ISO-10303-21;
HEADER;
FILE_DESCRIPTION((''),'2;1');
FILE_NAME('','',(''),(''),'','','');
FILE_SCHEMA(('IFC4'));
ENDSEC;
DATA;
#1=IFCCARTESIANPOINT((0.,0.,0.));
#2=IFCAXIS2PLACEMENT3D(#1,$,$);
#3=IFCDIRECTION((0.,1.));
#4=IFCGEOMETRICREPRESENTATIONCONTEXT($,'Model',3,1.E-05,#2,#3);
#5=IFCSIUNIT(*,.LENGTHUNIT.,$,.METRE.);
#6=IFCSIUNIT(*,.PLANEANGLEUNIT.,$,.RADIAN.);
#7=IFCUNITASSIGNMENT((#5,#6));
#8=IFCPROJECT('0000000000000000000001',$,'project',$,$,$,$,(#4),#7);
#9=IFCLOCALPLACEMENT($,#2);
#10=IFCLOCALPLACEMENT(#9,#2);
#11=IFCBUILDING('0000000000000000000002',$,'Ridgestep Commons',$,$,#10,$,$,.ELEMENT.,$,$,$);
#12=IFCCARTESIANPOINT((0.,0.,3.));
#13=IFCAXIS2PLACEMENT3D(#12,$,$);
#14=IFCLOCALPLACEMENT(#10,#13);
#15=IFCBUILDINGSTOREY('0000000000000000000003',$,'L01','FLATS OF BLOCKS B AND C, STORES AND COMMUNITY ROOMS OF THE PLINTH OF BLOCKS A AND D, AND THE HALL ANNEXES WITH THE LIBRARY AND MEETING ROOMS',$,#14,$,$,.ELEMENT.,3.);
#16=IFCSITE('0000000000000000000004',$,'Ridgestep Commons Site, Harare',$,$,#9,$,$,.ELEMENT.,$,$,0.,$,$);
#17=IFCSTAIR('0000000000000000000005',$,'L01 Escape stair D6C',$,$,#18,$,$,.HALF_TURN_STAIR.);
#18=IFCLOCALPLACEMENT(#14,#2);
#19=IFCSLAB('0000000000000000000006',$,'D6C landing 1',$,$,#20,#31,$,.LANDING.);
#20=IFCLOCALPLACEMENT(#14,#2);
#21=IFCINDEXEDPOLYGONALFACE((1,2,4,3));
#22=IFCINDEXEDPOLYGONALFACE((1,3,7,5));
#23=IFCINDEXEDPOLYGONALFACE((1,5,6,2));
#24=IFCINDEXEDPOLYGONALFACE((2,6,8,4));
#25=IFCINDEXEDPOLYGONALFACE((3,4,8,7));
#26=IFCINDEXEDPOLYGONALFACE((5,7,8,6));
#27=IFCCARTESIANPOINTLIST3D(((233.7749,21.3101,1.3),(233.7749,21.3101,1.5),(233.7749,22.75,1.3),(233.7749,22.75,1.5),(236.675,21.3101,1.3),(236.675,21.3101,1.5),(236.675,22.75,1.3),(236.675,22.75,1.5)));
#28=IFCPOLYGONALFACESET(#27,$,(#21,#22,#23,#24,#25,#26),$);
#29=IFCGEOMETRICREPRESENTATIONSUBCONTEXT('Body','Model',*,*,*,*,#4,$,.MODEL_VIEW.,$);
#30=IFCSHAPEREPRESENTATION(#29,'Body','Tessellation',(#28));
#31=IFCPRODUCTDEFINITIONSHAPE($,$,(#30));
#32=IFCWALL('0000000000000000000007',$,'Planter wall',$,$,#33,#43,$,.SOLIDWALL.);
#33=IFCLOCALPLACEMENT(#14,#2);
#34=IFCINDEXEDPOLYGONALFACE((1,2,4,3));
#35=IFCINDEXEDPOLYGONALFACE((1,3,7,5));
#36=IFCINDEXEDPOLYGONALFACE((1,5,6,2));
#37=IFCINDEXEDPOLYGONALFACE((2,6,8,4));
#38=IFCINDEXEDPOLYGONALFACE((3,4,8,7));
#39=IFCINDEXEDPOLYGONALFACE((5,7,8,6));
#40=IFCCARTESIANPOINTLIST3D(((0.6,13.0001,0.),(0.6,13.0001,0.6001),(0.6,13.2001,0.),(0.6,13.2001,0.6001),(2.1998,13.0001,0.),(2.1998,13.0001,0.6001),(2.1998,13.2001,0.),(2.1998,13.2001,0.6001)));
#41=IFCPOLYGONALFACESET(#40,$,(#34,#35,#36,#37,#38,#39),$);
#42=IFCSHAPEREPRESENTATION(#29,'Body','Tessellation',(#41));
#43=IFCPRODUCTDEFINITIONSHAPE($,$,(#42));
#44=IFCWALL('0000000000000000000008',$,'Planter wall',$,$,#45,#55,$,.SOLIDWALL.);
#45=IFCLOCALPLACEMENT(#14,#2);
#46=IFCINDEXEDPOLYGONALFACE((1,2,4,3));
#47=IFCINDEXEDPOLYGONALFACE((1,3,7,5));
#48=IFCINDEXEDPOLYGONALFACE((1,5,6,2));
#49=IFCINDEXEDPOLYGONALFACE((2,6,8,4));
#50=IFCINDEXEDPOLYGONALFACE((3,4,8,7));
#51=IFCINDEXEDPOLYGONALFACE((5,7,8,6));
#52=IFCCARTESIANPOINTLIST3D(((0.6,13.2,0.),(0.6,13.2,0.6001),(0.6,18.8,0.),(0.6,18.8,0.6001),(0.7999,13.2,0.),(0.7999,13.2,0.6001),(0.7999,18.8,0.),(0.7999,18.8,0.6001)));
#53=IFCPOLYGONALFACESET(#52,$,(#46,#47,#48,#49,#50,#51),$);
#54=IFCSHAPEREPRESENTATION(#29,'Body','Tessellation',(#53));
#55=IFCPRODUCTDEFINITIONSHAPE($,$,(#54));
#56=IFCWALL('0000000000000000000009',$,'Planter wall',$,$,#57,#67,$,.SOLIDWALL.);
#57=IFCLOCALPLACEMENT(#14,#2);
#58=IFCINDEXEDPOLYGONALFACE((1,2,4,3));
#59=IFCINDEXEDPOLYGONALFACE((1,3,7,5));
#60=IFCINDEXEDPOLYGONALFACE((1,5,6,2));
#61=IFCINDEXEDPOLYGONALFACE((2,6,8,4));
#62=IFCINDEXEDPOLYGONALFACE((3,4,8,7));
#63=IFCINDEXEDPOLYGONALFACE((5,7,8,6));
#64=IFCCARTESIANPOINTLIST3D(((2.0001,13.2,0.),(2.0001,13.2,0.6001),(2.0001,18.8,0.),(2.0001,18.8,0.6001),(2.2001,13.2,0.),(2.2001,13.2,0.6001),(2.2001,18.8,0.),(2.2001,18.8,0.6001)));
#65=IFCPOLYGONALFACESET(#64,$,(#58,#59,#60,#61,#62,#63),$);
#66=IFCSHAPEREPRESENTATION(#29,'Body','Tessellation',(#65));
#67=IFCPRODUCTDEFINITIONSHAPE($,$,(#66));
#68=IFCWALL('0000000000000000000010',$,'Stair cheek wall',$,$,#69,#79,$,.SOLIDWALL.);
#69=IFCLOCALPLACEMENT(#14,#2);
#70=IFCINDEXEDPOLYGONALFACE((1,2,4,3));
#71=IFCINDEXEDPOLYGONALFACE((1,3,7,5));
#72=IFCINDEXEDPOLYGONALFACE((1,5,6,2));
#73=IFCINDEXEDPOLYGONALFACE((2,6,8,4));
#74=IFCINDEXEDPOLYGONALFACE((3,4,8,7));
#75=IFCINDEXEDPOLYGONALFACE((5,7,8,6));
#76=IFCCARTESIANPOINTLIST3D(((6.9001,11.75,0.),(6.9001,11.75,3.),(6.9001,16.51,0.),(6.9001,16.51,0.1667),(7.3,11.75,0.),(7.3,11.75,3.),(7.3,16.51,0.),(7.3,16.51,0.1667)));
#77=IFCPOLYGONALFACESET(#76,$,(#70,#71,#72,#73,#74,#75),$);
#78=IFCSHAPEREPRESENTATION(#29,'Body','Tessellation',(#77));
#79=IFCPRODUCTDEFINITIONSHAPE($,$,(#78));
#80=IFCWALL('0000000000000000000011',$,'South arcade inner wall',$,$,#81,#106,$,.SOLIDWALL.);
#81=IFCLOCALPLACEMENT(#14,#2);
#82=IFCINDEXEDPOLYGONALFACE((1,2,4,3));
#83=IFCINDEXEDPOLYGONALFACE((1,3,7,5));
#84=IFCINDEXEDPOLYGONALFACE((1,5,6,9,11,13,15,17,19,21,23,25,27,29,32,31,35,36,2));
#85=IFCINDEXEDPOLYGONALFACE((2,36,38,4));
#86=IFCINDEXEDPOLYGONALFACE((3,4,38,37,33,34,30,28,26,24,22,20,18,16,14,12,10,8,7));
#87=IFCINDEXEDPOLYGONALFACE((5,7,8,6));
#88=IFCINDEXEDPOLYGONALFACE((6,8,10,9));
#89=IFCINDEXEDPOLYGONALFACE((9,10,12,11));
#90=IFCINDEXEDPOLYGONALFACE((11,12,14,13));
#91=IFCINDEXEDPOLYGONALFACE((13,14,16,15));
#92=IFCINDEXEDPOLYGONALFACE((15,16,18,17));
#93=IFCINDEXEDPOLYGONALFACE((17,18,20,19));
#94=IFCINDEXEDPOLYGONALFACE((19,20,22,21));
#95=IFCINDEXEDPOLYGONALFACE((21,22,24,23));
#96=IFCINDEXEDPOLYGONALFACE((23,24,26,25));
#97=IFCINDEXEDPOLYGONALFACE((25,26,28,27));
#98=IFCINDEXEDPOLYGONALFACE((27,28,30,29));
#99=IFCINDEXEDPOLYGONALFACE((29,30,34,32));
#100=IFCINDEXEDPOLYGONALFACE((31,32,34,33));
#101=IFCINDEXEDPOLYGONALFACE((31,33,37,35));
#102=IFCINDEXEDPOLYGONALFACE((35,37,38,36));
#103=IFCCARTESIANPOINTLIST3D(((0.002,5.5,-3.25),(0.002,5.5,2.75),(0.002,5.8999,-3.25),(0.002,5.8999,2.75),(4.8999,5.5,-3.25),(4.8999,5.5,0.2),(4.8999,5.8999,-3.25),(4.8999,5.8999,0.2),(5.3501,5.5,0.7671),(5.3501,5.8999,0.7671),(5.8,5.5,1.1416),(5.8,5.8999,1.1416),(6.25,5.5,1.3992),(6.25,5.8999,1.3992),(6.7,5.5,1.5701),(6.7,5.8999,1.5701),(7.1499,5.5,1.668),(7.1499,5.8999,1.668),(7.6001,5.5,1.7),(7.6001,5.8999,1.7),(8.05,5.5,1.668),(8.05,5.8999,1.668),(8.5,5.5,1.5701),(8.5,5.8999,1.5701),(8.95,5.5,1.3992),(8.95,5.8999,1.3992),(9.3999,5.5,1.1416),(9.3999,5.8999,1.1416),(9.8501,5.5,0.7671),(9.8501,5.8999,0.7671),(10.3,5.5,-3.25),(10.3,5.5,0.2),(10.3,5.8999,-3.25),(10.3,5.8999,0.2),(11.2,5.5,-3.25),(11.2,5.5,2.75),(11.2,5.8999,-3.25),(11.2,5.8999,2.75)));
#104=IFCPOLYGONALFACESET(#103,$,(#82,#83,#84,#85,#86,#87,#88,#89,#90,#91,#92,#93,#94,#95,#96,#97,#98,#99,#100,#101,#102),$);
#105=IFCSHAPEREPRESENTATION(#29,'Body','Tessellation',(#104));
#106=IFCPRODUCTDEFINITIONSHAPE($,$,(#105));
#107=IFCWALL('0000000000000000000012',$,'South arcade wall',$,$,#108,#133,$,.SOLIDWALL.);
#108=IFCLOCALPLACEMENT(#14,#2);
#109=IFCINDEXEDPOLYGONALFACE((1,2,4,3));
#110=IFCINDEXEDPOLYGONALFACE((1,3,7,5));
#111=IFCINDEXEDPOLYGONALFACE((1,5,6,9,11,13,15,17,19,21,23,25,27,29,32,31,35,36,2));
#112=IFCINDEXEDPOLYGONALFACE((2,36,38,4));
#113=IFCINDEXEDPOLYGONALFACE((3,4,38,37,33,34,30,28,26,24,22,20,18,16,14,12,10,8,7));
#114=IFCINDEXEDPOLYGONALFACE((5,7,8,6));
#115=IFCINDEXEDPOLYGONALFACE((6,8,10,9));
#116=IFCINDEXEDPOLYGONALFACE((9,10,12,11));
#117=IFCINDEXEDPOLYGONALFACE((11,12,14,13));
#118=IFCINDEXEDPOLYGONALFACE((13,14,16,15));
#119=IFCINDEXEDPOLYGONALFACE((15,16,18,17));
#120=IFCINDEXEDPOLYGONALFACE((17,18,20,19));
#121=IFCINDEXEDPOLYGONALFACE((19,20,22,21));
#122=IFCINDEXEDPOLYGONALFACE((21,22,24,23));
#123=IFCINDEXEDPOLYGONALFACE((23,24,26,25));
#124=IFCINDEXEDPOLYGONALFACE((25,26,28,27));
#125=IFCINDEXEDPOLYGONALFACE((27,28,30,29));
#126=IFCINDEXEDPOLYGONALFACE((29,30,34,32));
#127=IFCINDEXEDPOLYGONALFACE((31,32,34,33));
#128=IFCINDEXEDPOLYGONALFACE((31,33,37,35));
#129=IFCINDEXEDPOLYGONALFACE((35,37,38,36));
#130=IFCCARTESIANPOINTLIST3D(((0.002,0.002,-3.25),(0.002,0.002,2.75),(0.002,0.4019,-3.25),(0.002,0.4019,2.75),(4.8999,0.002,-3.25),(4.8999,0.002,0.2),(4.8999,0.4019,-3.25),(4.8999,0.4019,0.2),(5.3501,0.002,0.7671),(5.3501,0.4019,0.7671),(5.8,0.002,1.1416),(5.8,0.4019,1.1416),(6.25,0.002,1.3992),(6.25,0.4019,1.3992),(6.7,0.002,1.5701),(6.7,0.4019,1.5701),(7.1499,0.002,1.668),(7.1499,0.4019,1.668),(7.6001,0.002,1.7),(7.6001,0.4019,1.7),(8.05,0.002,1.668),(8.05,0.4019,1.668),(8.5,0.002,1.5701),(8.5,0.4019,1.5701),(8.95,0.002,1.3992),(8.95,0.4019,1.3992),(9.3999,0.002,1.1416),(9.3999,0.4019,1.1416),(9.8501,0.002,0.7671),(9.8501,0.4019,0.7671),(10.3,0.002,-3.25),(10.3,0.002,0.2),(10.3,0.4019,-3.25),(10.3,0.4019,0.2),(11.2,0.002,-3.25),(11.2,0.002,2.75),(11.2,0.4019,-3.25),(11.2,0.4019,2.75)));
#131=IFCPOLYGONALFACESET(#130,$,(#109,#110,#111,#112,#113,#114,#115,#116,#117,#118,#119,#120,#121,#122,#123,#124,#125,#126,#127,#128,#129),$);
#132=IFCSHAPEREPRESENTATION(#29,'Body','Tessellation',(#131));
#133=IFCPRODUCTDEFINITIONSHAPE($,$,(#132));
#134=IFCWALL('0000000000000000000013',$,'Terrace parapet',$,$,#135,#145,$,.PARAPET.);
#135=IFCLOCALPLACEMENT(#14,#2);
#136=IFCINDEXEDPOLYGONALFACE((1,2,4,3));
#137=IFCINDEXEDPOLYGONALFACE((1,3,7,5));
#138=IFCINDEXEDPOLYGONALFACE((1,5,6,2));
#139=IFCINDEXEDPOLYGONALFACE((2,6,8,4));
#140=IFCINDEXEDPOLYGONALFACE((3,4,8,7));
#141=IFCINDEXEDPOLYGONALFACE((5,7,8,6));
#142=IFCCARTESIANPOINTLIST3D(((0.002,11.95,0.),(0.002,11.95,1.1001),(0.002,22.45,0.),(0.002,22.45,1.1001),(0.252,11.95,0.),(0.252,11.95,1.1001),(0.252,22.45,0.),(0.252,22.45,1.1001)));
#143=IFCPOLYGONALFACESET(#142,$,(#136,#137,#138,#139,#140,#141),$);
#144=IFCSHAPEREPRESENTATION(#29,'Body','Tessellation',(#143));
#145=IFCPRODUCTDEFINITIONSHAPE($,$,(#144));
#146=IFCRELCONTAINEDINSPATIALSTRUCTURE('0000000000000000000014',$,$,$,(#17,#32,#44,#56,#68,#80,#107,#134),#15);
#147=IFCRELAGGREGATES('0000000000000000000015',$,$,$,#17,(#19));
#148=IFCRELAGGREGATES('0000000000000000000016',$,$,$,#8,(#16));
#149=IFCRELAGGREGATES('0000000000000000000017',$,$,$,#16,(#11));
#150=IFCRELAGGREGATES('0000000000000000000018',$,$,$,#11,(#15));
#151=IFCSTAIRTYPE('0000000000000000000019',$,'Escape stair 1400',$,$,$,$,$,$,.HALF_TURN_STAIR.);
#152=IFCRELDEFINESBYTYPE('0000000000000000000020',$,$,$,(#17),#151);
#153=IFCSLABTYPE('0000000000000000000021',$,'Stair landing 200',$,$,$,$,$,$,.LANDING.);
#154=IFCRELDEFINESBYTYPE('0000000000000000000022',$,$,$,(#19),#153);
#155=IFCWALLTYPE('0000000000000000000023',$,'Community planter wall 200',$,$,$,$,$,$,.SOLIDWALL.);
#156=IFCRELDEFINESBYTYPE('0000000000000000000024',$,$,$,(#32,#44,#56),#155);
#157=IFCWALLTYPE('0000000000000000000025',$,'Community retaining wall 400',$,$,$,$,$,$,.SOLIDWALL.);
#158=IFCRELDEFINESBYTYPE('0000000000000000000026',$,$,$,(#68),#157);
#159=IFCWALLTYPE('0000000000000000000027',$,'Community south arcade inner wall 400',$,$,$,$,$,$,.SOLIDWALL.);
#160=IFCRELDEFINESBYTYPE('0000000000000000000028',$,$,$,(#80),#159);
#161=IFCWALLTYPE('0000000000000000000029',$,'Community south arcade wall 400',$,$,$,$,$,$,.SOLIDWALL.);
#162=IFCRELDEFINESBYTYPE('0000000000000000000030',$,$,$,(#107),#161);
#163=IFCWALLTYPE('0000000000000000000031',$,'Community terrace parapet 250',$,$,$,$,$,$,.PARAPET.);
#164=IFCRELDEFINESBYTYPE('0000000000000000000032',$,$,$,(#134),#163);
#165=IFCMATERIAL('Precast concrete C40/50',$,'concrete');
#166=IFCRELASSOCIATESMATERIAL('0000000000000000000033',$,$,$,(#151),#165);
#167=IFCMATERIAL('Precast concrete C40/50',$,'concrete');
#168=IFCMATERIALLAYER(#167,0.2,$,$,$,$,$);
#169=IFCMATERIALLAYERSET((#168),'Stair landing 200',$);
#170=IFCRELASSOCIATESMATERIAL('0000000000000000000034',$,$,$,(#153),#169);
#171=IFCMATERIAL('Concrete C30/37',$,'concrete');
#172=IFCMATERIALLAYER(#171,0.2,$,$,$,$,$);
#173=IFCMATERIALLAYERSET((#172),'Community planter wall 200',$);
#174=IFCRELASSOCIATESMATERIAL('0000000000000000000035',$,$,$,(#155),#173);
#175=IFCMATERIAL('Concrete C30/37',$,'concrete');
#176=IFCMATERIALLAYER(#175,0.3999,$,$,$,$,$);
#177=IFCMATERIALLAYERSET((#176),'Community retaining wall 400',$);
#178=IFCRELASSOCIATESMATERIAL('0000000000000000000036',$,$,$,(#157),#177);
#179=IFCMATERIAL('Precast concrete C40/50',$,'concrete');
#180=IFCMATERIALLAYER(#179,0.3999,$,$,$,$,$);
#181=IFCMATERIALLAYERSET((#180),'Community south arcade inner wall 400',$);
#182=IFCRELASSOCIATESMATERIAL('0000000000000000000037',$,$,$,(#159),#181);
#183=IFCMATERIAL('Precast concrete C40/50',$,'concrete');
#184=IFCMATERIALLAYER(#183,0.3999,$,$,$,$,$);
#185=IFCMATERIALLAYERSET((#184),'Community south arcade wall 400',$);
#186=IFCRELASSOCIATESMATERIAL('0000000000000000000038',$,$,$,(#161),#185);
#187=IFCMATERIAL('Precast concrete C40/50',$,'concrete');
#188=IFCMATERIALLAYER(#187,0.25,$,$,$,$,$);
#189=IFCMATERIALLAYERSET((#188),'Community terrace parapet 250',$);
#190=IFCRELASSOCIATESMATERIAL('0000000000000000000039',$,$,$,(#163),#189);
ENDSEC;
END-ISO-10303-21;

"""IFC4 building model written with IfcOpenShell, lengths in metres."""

from ifc_helpers import new_model, si_unit, direction, frame, frame_2d, origin, place, context, subcontext, project, spatial, polyline, rectangle, outline, extrude, material, layer, layer_set, type_object, element, aggregate, save


model = new_model("IFC4")

# Units and contexts
model_context = context("Model", 3, precision=1e-05, world=origin(), true_north=direction((0.0, 1.0)))
body_context = subcontext(model_context, "Body", "Model", "MODEL_VIEW")
ifc_project = project(units=[si_unit("LENGTHUNIT", "METRE"), si_unit("PLANEANGLEUNIT", "RADIAN")], contexts=[model_context])

# Site, building, storey
site_placement = place(None, origin())
site = spatial("IfcSite", under=ifc_project, at=site_placement, Name="Ridgestep Commons Site, Harare", CompositionType="ELEMENT", RefElevation=0.0)
building_placement = place(site_placement, origin())
building = spatial("IfcBuilding", under=site, at=building_placement, Name="Ridgestep Commons", CompositionType="ELEMENT")
storey_placement = place(building_placement, frame((0.0, 0.0, 3.0)))
storey = spatial("IfcBuildingStorey", under=building, at=storey_placement, Name="L01", Description="FLATS OF BLOCKS B AND C, STORES AND COMMUNITY ROOMS OF THE PLINTH OF BLOCKS A AND D, AND THE HALL ANNEXES WITH THE LIBRARY AND MEETING ROOMS", CompositionType="ELEMENT", Elevation=3.0)

# Stair, slab
ifc_material_1 = material(Name="Precast concrete C40/50", Category="concrete")
stair_type = type_object("IfcStairType", Name="Escape stair 1400", PredefinedType="HALF_TURN_STAIR", material=ifc_material_1)
ifc_material_2 = material(Name="Precast concrete C40/50", Category="concrete")
ifc_layer_1 = layer(ifc_material_2, 0.2)
ifc_layer_set_1 = layer_set([ifc_layer_1], Name="Stair landing 200")
slab_type = type_object("IfcSlabType", Name="Stair landing 200", PredefinedType="LANDING", material=ifc_layer_set_1)
stair_1_placement = place(storey_placement, origin())
stair_1 = element("IfcStair", 1, at=stair_1_placement, inside=storey, type_object=stair_type, Name="L01 Escape stair D6C", PredefinedType="HALF_TURN_STAIR")
slab_1_placement = place(storey_placement, frame((0.0, 0.0, 1.3)))
slab_1 = element("IfcSlab", 2, at=slab_1_placement, type_object=slab_type, Name="D6C landing 1", PredefinedType="LANDING", context=body_context, shape_type="SweptSolid", body=[
    extrude(outline(polyline([(236.675, 21.3101), (236.675, 22.75), (233.7749, 22.75), (233.7749, 21.3101), (236.675, 21.3101)])), origin(), (0.0, 0.0, 1.0), 0.2),
])
aggregate(stair_1, [slab_1])

# Walls
ifc_material_3 = material(Name="Concrete C30/37", Category="concrete")
ifc_layer_2 = layer(ifc_material_3, 0.2)
ifc_layer_set_2 = layer_set([ifc_layer_2], Name="Community planter wall 200")
wall_type_1 = type_object("IfcWallType", Name="Community planter wall 200", PredefinedType="SOLIDWALL", material=ifc_layer_set_2)
wall_1_placement = place(storey_placement, frame((0.6001, 13.1001, 0.0), z_axis=(0.0, 0.0, 1.0), x_axis=(1.0, 0.0, 0.0)))
element("IfcWall", 3, at=wall_1_placement, inside=storey, type_object=wall_type_1, Name="Planter wall", PredefinedType="SOLIDWALL", context=body_context, shape_type="SweptSolid", body=[
    extrude(rectangle(XDim=1.5999, YDim=0.2, at=frame_2d((0.7998, 0.0))), origin(), (0.0, 0.0, 1.0), 0.6001),
])
for number, where, z_axis, x_axis, name in (
    (4, (0.7, 13.2, 0.0), (0.0, 0.0, 1.0), (0.0, 1.0, 0.0), "Planter wall"),
    (5, (2.1001, 13.2, 0.0), (0.0, 0.0, 1.0), (0.0, 1.0, 0.0), "Planter wall"),
):
    element("IfcWall", number, at=place(storey_placement, frame(where, z_axis=z_axis, x_axis=x_axis)), inside=storey, type_object=wall_type_1, Name=name, PredefinedType="SOLIDWALL", context=body_context, shape_type="SweptSolid", body=[
        extrude(rectangle(XDim=5.6001, YDim=0.2, at=frame_2d((2.8, 0.0))), origin(), (0.0, 0.0, 1.0), 0.6001),
    ])
ifc_material_4 = material(Name="Concrete C30/37", Category="concrete")
ifc_layer_3 = layer(ifc_material_4, 0.3999)
ifc_layer_set_3 = layer_set([ifc_layer_3], Name="Community retaining wall 400")
wall_type_2 = type_object("IfcWallType", Name="Community retaining wall 400", PredefinedType="SOLIDWALL", material=ifc_layer_set_3)
wall_2_placement = place(storey_placement, frame((7.1001, 11.75, 0.0), z_axis=(0.0, 0.0, 1.0), x_axis=(0.0, 1.0, 0.0)))
element("IfcWall", 6, at=wall_2_placement, inside=storey, type_object=wall_type_2, Name="Stair cheek wall", PredefinedType="SOLIDWALL", context=body_context, shape_type="SweptSolid", body=[
    extrude(outline(polyline([(0.0, 0.0), (4.76, 0.0), (4.76, 0.1667), (0.0, 3.0), (0.0, 0.0)])), frame((0.0, 0.2, 0.0), z_axis=(0.0, -1.0, 0.0), x_axis=(1.0, 0.0, 0.0)), (0.0, 0.0, 1.0), 0.3999),
])
ifc_material_5 = material(Name="Precast concrete C40/50", Category="concrete")
ifc_layer_4 = layer(ifc_material_5, 0.3999)
ifc_layer_set_4 = layer_set([ifc_layer_4], Name="Community south arcade inner wall 400")
wall_type_3 = type_object("IfcWallType", Name="Community south arcade inner wall 400", PredefinedType="SOLIDWALL", material=ifc_layer_set_4)
wall_3_placement = place(storey_placement, frame((0.002, 5.5, -3.25), z_axis=(0.0, -1.0, 0.0), x_axis=(1.0, 0.0, 0.0)))
element("IfcWall", 7, at=wall_3_placement, inside=storey, type_object=wall_type_3, Name="South arcade inner wall", PredefinedType="SOLIDWALL", context=body_context, shape_type="SweptSolid", body=[
    extrude(outline(polyline([(0.0, 0.0), (4.8979, 0.0), (4.8979, 3.45), (5.3481, 4.0171), (5.7981, 4.3916), (6.248, 4.6492), (6.698, 4.8201), (7.1479, 4.918), (7.5981, 4.95), (8.0481, 4.918), (8.498, 4.8201), (8.948, 4.6492), (9.3979, 4.3916), (9.8481, 4.0171), (10.2981, 3.45), (10.2981, 0.0), (11.198, 0.0), (11.198, 6.0), (0.0, 6.0), (0.0, 0.0)])), origin(), (0.0, 0.0, -1.0), 0.3999),
])
ifc_material_6 = material(Name="Precast concrete C40/50", Category="concrete")
ifc_layer_5 = layer(ifc_material_6, 0.3999)
ifc_layer_set_5 = layer_set([ifc_layer_5], Name="Community south arcade wall 400")
wall_type_4 = type_object("IfcWallType", Name="Community south arcade wall 400", PredefinedType="SOLIDWALL", material=ifc_layer_set_5)
wall_4_placement = place(storey_placement, frame((0.002, 0.002, -3.25), z_axis=(0.0, -1.0, 0.0), x_axis=(1.0, 0.0, 0.0)))
element("IfcWall", 8, at=wall_4_placement, inside=storey, type_object=wall_type_4, Name="South arcade wall", PredefinedType="SOLIDWALL", context=body_context, shape_type="SweptSolid", body=[
    extrude(outline(polyline([(0.0, 0.0), (4.8979, 0.0), (4.8979, 3.45), (5.3481, 4.0171), (5.7981, 4.3916), (6.248, 4.6492), (6.698, 4.8201), (7.1479, 4.918), (7.5981, 4.95), (8.0481, 4.918), (8.498, 4.8201), (8.948, 4.6492), (9.3979, 4.3916), (9.8481, 4.0171), (10.2981, 3.45), (10.2981, 0.0), (11.198, 0.0), (11.198, 6.0), (0.0, 6.0), (0.0, 0.0)])), origin(), (0.0, 0.0, -1.0), 0.3999),
])
ifc_material_7 = material(Name="Precast concrete C40/50", Category="concrete")
ifc_layer_6 = layer(ifc_material_7, 0.25)
ifc_layer_set_6 = layer_set([ifc_layer_6], Name="Community terrace parapet 250")
wall_type_5 = type_object("IfcWallType", Name="Community terrace parapet 250", PredefinedType="PARAPET", material=ifc_layer_set_6)
wall_5_placement = place(storey_placement, frame((0.127, 11.95, 0.0), z_axis=(0.0, 0.0, 1.0), x_axis=(0.0, 1.0, 0.0)))
element("IfcWall", 9, at=wall_5_placement, inside=storey, type_object=wall_type_5, Name="Terrace parapet", PredefinedType="PARAPET", context=body_context, shape_type="SweptSolid", body=[
    extrude(rectangle(XDim=10.5, YDim=0.25, at=frame_2d((5.25, 0.0))), origin(), (0.0, 0.0, 1.0), 1.1001),
])

save(model, "model.ifc")
